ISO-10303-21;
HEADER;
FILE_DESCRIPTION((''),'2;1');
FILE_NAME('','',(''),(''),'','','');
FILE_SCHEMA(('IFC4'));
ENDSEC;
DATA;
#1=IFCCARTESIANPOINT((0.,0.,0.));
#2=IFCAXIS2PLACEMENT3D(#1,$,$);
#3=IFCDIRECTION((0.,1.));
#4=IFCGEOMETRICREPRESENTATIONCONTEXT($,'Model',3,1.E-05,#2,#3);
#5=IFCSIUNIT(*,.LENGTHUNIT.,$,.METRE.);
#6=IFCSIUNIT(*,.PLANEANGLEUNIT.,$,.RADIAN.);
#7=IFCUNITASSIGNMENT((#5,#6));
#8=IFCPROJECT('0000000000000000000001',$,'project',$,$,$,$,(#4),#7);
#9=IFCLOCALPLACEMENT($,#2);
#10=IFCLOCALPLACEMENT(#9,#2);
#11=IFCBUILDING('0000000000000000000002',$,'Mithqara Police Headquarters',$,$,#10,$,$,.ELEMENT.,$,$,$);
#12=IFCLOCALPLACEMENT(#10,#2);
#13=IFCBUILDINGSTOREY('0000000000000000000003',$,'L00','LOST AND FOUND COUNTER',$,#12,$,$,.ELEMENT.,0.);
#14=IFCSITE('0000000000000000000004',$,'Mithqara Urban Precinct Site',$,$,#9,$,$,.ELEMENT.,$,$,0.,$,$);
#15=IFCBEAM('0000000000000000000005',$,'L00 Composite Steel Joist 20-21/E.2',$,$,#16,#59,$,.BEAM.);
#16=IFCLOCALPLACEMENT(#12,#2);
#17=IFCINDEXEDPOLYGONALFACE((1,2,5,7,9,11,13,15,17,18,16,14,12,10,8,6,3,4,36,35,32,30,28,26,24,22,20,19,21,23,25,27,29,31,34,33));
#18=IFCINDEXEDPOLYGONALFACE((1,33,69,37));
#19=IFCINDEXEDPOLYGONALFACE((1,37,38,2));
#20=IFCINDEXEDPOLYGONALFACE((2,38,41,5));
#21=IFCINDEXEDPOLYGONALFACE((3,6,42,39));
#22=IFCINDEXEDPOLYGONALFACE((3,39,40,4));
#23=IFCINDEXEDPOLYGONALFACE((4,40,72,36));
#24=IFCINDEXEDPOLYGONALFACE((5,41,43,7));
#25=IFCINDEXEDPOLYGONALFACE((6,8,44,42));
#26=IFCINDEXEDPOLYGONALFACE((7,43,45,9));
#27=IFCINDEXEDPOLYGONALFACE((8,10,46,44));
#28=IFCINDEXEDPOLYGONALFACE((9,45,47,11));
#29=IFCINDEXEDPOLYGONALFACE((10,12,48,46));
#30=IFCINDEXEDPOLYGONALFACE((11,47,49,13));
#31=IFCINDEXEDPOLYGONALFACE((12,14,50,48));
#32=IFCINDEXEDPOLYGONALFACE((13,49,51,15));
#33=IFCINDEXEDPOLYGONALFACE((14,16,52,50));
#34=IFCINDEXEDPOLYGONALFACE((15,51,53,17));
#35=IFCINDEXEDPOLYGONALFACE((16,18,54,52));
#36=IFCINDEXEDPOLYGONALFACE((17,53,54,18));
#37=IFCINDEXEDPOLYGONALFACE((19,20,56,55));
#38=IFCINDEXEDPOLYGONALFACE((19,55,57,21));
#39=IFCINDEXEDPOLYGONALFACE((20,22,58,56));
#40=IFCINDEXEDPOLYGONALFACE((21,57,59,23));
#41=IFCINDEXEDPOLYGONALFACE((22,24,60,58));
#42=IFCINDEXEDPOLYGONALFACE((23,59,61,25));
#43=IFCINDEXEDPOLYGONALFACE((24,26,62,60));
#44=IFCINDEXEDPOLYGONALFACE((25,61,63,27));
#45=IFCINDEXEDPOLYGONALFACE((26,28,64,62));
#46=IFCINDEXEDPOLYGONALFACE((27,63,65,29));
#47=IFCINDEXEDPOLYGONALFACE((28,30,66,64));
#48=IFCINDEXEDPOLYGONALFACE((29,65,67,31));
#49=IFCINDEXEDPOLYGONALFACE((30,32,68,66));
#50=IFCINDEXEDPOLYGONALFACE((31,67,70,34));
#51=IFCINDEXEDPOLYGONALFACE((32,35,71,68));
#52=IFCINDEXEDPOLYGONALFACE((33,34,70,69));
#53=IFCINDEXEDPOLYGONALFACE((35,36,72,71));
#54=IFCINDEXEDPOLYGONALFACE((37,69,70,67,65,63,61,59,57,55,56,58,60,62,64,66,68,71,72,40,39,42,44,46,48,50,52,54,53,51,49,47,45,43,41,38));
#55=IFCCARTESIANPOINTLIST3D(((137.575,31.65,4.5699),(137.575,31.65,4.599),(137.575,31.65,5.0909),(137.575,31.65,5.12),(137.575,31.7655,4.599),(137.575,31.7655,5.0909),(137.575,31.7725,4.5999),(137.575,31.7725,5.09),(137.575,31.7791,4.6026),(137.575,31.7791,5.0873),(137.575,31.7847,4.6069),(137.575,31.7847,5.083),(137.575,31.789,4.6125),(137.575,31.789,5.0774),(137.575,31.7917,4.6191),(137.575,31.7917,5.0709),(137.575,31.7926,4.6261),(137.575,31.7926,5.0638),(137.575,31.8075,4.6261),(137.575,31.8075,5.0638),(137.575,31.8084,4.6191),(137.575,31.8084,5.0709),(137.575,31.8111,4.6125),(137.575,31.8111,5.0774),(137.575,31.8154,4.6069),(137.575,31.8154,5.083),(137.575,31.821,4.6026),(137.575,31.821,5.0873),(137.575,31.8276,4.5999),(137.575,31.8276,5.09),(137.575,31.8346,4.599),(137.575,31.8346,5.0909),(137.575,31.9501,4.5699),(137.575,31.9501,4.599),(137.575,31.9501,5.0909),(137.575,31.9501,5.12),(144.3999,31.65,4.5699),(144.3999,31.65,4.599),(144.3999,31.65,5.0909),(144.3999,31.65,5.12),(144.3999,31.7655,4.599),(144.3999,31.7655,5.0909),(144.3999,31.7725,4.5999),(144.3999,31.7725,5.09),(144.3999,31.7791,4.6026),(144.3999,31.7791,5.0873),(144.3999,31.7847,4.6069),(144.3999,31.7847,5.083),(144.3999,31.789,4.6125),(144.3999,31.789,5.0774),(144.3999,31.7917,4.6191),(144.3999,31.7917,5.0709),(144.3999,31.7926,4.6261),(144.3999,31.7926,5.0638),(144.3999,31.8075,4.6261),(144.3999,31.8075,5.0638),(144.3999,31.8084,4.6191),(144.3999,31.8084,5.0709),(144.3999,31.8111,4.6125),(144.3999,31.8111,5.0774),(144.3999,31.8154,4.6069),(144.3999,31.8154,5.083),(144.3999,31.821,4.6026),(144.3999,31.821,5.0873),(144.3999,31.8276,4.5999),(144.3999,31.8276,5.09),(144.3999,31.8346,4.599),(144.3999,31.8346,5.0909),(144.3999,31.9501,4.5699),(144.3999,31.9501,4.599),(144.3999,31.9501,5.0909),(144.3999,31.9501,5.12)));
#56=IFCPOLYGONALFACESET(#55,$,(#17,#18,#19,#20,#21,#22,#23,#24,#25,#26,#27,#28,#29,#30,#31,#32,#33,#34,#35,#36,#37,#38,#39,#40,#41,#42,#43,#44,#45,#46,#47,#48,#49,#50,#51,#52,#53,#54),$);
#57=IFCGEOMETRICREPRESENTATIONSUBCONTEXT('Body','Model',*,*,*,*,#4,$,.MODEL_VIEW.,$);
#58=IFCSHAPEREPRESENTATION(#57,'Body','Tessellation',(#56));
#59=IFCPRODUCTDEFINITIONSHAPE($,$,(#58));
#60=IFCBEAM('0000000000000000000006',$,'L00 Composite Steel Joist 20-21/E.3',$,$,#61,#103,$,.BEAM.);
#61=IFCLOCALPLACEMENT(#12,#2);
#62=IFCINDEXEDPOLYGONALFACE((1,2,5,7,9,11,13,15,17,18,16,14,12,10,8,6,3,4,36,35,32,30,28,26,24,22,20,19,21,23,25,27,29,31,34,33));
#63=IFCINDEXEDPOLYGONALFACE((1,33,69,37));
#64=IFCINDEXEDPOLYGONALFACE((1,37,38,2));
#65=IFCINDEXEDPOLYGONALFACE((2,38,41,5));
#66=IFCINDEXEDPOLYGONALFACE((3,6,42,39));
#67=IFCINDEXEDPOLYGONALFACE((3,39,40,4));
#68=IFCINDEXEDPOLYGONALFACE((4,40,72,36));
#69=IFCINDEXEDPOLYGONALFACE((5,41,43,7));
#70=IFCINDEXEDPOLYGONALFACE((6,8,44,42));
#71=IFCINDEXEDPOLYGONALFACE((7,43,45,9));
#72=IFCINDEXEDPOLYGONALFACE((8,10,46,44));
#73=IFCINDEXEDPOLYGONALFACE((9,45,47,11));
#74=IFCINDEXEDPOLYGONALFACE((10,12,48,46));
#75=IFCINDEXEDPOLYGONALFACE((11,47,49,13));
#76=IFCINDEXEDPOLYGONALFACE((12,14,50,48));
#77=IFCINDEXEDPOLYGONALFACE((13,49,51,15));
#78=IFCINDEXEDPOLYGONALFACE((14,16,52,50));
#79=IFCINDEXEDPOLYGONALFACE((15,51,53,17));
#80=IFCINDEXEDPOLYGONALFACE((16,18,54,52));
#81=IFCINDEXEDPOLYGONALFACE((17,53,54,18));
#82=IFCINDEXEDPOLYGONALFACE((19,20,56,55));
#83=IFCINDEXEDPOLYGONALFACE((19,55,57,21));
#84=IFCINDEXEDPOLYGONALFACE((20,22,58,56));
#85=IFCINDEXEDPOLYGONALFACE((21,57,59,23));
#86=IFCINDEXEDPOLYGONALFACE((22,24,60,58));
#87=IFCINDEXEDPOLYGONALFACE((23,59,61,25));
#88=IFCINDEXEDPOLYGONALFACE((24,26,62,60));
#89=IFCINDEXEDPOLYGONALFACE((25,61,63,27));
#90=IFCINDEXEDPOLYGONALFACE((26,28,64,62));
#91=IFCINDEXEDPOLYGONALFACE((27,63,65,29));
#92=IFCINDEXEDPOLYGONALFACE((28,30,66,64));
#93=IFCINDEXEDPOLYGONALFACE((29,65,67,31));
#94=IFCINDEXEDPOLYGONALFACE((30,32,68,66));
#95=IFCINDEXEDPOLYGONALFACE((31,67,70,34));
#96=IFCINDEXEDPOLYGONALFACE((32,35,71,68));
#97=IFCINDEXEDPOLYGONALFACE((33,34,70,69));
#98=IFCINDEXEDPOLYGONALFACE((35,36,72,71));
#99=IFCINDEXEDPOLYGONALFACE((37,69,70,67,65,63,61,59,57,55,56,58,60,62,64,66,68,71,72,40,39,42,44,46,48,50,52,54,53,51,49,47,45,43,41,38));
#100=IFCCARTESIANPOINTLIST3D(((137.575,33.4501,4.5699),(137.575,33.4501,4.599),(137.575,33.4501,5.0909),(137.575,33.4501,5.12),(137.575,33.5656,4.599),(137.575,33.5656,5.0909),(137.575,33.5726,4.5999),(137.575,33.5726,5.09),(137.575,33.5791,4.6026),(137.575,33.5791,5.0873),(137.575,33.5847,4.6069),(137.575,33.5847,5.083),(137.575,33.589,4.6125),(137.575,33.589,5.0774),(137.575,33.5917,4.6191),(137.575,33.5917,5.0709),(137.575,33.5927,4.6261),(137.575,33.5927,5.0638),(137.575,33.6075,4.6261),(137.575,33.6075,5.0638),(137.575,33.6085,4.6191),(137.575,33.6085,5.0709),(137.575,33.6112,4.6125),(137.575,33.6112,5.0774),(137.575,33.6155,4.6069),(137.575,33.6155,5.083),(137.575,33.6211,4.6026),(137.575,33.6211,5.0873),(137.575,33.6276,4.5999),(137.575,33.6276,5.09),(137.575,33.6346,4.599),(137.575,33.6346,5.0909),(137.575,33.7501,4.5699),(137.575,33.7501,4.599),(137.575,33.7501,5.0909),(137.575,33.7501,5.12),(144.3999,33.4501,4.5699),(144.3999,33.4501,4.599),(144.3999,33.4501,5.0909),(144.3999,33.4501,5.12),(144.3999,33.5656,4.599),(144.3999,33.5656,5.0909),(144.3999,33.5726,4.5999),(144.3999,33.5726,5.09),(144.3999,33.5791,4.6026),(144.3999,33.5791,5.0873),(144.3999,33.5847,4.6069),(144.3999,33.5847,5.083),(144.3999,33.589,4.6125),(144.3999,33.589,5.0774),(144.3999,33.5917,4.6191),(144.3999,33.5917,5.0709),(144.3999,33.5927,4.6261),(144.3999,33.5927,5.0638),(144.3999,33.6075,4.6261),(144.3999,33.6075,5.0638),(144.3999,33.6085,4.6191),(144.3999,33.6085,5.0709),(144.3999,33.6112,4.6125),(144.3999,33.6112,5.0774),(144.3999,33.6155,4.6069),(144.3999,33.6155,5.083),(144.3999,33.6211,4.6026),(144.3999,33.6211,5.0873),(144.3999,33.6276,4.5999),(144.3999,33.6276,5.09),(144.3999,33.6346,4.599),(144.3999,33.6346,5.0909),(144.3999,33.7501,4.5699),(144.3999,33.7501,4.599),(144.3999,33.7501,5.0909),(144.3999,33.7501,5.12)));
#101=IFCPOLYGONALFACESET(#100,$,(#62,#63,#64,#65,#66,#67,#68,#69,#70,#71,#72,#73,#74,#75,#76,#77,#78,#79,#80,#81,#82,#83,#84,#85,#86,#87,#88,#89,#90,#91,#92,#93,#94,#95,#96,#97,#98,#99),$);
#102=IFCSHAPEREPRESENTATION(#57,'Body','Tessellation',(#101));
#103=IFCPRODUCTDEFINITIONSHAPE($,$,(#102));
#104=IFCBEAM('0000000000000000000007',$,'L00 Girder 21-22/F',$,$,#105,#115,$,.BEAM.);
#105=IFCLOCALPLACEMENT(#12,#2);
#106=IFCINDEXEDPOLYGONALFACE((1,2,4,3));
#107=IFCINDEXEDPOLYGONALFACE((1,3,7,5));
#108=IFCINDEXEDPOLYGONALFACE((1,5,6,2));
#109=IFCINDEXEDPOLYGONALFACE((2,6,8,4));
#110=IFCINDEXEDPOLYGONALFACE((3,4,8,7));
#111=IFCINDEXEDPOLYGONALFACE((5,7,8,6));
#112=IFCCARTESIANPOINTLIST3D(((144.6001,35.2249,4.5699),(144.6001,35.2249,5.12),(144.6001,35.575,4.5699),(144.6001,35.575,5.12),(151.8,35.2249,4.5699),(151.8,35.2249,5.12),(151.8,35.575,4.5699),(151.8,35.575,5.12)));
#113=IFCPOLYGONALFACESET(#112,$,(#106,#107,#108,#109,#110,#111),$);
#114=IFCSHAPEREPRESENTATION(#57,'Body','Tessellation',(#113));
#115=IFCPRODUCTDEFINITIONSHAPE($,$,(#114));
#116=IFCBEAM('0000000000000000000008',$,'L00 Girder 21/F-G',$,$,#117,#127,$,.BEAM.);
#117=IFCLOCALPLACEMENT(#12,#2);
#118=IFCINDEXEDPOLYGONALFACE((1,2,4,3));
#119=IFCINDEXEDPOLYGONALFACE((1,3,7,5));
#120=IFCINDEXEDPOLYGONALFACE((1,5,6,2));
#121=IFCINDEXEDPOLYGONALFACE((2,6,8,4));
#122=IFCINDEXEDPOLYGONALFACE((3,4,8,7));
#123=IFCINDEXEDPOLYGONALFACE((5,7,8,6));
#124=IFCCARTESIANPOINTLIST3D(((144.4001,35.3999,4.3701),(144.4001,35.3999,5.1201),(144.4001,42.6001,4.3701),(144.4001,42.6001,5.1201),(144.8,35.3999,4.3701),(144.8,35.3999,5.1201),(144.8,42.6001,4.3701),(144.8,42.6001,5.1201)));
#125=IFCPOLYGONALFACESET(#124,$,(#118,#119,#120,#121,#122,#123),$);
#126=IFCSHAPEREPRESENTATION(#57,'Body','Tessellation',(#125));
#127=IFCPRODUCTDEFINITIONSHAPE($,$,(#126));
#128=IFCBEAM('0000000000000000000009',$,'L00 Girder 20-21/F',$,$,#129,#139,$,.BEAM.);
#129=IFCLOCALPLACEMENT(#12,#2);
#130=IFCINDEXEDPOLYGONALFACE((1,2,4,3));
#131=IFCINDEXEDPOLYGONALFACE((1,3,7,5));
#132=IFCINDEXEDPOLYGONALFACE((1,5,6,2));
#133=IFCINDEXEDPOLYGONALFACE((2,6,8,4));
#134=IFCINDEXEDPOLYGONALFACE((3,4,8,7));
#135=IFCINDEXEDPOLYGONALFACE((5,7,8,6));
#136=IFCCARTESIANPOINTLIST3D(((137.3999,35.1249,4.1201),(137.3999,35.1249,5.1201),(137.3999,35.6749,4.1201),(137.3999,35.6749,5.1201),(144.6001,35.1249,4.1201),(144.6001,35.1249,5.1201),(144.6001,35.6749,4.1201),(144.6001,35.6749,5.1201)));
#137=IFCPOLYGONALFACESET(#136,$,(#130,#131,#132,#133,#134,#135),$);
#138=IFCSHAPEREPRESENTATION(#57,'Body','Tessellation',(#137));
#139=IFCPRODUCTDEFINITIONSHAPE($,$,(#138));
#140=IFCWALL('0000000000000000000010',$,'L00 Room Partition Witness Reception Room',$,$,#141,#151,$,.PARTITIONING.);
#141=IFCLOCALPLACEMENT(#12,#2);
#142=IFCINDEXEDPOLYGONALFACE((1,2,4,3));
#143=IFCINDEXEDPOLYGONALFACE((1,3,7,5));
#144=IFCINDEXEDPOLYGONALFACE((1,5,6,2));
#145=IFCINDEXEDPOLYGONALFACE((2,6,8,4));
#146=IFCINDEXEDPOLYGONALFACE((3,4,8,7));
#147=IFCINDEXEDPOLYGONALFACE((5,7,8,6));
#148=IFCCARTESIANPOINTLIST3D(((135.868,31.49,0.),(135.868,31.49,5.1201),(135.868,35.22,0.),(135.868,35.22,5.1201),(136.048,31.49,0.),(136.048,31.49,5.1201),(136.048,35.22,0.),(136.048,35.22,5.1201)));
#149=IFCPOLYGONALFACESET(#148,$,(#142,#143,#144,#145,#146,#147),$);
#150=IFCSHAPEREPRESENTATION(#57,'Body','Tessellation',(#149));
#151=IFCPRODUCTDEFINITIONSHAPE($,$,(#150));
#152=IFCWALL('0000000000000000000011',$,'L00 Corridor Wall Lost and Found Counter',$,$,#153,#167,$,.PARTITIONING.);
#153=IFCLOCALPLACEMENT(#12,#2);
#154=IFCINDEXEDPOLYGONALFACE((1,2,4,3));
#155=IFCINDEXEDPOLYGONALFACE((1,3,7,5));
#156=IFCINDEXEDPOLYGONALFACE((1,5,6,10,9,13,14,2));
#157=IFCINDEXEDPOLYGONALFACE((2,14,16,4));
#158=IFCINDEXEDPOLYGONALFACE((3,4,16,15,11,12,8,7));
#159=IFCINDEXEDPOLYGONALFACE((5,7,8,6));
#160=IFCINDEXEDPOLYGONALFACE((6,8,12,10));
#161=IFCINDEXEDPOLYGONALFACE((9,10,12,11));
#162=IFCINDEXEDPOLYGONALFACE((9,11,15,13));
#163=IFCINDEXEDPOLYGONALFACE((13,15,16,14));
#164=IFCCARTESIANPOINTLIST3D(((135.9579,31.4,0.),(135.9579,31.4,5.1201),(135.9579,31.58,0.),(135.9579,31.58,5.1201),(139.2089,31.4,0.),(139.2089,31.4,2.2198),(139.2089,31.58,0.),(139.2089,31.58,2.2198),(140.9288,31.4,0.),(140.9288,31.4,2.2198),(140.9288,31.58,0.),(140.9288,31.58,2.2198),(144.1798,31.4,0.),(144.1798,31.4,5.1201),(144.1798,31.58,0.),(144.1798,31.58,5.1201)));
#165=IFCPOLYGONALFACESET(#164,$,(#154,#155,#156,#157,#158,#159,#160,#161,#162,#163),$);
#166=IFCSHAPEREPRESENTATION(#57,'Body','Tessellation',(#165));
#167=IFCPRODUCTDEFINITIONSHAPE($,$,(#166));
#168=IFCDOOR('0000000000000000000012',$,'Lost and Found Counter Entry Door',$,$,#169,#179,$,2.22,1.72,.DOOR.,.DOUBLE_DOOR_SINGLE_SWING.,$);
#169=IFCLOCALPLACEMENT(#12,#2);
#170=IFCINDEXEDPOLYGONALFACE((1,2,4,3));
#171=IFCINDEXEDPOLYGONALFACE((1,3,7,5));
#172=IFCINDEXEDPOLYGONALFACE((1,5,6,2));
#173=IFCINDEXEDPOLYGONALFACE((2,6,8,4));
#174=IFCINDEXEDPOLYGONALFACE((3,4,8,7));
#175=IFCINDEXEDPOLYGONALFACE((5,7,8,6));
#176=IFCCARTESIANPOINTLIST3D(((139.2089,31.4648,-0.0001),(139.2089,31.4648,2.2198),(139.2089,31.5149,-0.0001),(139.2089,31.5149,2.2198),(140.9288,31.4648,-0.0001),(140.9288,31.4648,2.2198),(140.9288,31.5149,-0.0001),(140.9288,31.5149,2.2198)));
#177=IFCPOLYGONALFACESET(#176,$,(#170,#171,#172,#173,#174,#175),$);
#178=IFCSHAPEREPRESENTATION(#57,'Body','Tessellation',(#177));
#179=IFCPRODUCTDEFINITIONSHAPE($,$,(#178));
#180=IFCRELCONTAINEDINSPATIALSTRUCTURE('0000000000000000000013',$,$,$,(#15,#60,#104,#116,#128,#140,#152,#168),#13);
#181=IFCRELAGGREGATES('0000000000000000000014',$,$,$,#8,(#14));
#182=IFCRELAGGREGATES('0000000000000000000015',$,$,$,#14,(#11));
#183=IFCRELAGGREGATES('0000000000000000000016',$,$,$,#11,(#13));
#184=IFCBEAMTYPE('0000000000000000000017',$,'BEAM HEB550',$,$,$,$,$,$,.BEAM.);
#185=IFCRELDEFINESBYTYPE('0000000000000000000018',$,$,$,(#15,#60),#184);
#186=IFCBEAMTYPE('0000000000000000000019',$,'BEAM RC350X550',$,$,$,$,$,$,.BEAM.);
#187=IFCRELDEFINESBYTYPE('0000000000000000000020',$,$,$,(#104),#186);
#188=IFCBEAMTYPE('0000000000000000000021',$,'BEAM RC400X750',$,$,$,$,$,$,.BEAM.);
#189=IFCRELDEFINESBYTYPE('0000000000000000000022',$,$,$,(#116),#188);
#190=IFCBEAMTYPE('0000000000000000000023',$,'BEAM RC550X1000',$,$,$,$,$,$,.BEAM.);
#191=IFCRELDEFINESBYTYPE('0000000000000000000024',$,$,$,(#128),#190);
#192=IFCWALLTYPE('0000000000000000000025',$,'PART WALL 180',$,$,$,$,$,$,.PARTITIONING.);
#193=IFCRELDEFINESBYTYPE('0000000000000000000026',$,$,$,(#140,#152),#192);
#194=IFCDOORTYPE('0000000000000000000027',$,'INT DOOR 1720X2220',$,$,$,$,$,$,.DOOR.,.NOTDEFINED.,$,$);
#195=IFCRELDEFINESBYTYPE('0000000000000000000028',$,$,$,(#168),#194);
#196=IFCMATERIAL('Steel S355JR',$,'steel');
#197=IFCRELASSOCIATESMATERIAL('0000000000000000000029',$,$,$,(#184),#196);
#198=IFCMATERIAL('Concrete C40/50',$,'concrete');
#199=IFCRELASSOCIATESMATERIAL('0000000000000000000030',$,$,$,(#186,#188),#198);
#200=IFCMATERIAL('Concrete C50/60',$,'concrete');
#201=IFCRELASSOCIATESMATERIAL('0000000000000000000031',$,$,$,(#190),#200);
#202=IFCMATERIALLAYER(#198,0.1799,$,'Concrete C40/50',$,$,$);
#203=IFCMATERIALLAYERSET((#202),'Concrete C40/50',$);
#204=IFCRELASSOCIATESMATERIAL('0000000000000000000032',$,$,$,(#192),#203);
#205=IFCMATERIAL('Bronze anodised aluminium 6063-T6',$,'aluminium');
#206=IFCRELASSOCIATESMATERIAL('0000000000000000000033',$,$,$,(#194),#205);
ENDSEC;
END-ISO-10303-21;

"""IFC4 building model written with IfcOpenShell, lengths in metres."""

from ifc_helpers import new_model, si_unit, direction, frame, frame_2d, origin, origin_2d, place, context, subcontext, project, spatial, rectangle, i_section, extrude, material, layer, layer_set, material_profile, profile_set, type_object, element, fill, save


model = new_model("IFC4")

# Units and contexts
model_context = context("Model", 3, precision=1e-05, world=origin(), true_north=direction((0.0, 1.0)))
body_context = subcontext(model_context, "Body", "Model", "MODEL_VIEW")
ifc_project = project(units=[si_unit("LENGTHUNIT", "METRE"), si_unit("PLANEANGLEUNIT", "RADIAN")], contexts=[model_context])

# Site, building, storey
site_placement = place(None, origin())
site = spatial("IfcSite", under=ifc_project, at=site_placement, Name="Mithqara Urban Precinct Site", CompositionType="ELEMENT", RefElevation=0.0)
building_placement = place(site_placement, origin())
building = spatial("IfcBuilding", under=site, at=building_placement, Name="Mithqara Police Headquarters", CompositionType="ELEMENT")
storey_placement = place(building_placement, origin())
storey = spatial("IfcBuildingStorey", under=building, at=storey_placement, Name="L00", Description="LOST AND FOUND COUNTER", CompositionType="ELEMENT", Elevation=0.0)

# Shared definitions
ifc_material_1 = material(Name="Concrete C50/60", Category="concrete")

# Beams
ifc_material_2 = material(Name="Steel S355JR", Category="steel")
ifc_material_profile_1 = material_profile(ifc_material_2, i_section(OverallWidth=0.3, OverallDepth=0.55, WebThickness=0.0149, FlangeThickness=0.0291, FilletRadius=0.0271, at=origin_2d()), Name="HEB 550")
ifc_profile_set_1 = profile_set([ifc_material_profile_1], Name="Steel S355JR")
beam_type_1 = type_object("IfcBeamType", Name="BEAM HEB550", PredefinedType="BEAM", material=ifc_profile_set_1)
for number, where, z_axis, x_axis, name in (
    (1, (137.575, 31.8, 4.845), (1.0, 0.0, 0.0), (0.0, 1.0, 0.0), "L00 Composite Steel Joist 20-21/E.2"),
    (2, (137.575, 33.6001, 4.845), (1.0, 0.0, 0.0), (0.0, 1.0, 0.0), "L00 Composite Steel Joist 20-21/E.3"),
):
    element("IfcBeam", number, at=place(storey_placement, frame(where, z_axis=z_axis, x_axis=x_axis)), inside=storey, type_object=beam_type_1, Name=name, PredefinedType="BEAM", context=body_context, shape_type="SweptSolid", body=[
        extrude(i_section(OverallWidth=0.3, OverallDepth=0.55, WebThickness=0.0149, FlangeThickness=0.0291, FilletRadius=0.0271, at=origin_2d()), origin(), (0.0, 0.0, 1.0), 6.825),
    ])
ifc_material_3 = material(Name="Concrete C40/50", Category="concrete")
ifc_material_profile_2 = material_profile(ifc_material_3, rectangle(XDim=0.3501, YDim=0.55, at=origin_2d()), Name="RC 350x550")
ifc_profile_set_2 = profile_set([ifc_material_profile_2], Name="Concrete C40/50")
beam_type_2 = type_object("IfcBeamType", Name="BEAM RC350X550", PredefinedType="BEAM", material=ifc_profile_set_2)
beam_1_placement = place(storey_placement, frame((144.6001, 35.3999, 4.845), z_axis=(1.0, 0.0, 0.0), x_axis=(0.0, 1.0, 0.0)))
element("IfcBeam", 3, at=beam_1_placement, inside=storey, type_object=beam_type_2, Name="L00 Girder 21-22/F", PredefinedType="BEAM", context=body_context, shape_type="SweptSolid", body=[
    extrude(rectangle(XDim=0.3501, YDim=0.55, at=origin_2d()), origin(), (0.0, 0.0, 1.0), 7.2),
])
ifc_material_profile_3 = material_profile(ifc_material_3, rectangle(XDim=0.3999, YDim=0.75, at=origin_2d()), Name="RC 400x750")
ifc_profile_set_3 = profile_set([ifc_material_profile_3], Name="Concrete C40/50")
beam_type_3 = type_object("IfcBeamType", Name="BEAM RC400X750", PredefinedType="BEAM", material=ifc_profile_set_3)
beam_2_placement = place(storey_placement, frame((144.6001, 35.3999, 4.7451), z_axis=(0.0, 1.0, 0.0), x_axis=(-1.0, 0.0, 0.0)))
element("IfcBeam", 4, at=beam_2_placement, inside=storey, type_object=beam_type_3, Name="L00 Girder 21/F-G", PredefinedType="BEAM", context=body_context, shape_type="SweptSolid", body=[
    extrude(rectangle(XDim=0.3999, YDim=0.75, at=origin_2d()), origin(), (0.0, 0.0, 1.0), 7.2002),
])
ifc_material_profile_4 = material_profile(ifc_material_1, rectangle(XDim=0.55, YDim=1.0, at=origin_2d()), Name="RC 550x1000")
ifc_profile_set_4 = profile_set([ifc_material_profile_4], Name="Concrete C50/60")
beam_type_4 = type_object("IfcBeamType", Name="BEAM RC550X1000", PredefinedType="BEAM", material=ifc_profile_set_4)
beam_3_placement = place(storey_placement, frame((137.3999, 35.3999, 4.6201), z_axis=(1.0, 0.0, 0.0), x_axis=(0.0, 1.0, 0.0)))
element("IfcBeam", 5, at=beam_3_placement, inside=storey, type_object=beam_type_4, Name="L00 Girder 20-21/F", PredefinedType="BEAM", context=body_context, shape_type="SweptSolid", body=[
    extrude(rectangle(XDim=0.55, YDim=1.0, at=origin_2d()), origin(), (0.0, 0.0, 1.0), 7.2002),
])

# Wall
ifc_layer_1 = layer(ifc_material_3, 0.1799, Name="Concrete C40/50")
ifc_layer_set_1 = layer_set([ifc_layer_1], Name="Concrete C40/50")
wall_type = type_object("IfcWallType", Name="PART WALL 180", PredefinedType="PARTITIONING", material=ifc_layer_set_1)
wall_1_placement = place(storey_placement, frame((135.958, 31.49, 0.0), z_axis=(0.0, 0.0, 1.0), x_axis=(0.0, 1.0, 0.0)))
element("IfcWall", 6, at=wall_1_placement, inside=storey, type_object=wall_type, Name="L00 Room Partition Witness Reception Room", PredefinedType="PARTITIONING", context=body_context, shape_type="SweptSolid", body=[
    extrude(rectangle(XDim=3.73, YDim=0.1799, at=frame_2d((1.865, 0.0))), origin(), (0.0, 0.0, 1.0), 5.1201),
])

# Wall, opening, door
wall_2_placement = place(storey_placement, frame((135.958, 31.49, 0.0), z_axis=(0.0, 0.0, 1.0), x_axis=(1.0, 0.0, 0.0)))
wall_2 = element("IfcWall", 7, at=wall_2_placement, inside=storey, type_object=wall_type, Name="L00 Corridor Wall Lost and Found Counter", PredefinedType="PARTITIONING", context=body_context, shape_type="SweptSolid", body=[
    extrude(rectangle(XDim=8.2219, YDim=0.1799, at=frame_2d((4.1108, 0.0))), origin(), (0.0, 0.0, 1.0), 5.1201),
])
opening_placement = place(wall_2_placement, frame((3.251, 0.0, 0.0)))
opening = element("IfcOpeningElement", 8, at=opening_placement, cuts=wall_2, PredefinedType="OPENING", context=body_context, shape_type="SweptSolid", body=[
    extrude(rectangle(XDim=1.72, YDim=2.22, at=frame_2d((0.8599, 1.1099))), frame((0.0, 0.1001, 0.0), z_axis=(0.0, -1.0, 0.0), x_axis=(1.0, 0.0, 0.0)), (0.0, 0.0, 1.0), 0.2),
])
ifc_material_4 = material(Name="Bronze anodised aluminium 6063-T6", Category="aluminium")
door_type = type_object("IfcDoorType", Name="INT DOOR 1720X2220", OperationType="NOTDEFINED", PredefinedType="DOOR", material=ifc_material_4)
door_placement = place(opening_placement, origin())
door = element("IfcDoor", 9, at=door_placement, inside=storey, type_object=door_type, Name="Lost and Found Counter Entry Door", OperationType="DOUBLE_DOOR_SINGLE_SWING", OverallHeight=2.22, OverallWidth=1.72, PredefinedType="DOOR", context=body_context, shape_type="SweptSolid", body=[
    extrude(rectangle(XDim=1.72, YDim=2.22, at=frame_2d((0.8599, 1.1099))), frame((0.0, 0.0249, 0.0), z_axis=(0.0, -1.0, 0.0), x_axis=(1.0, 0.0, 0.0)), (0.0, 0.0, 1.0), 0.05),
])
fill(opening, door)

save(model, "model.ifc")
